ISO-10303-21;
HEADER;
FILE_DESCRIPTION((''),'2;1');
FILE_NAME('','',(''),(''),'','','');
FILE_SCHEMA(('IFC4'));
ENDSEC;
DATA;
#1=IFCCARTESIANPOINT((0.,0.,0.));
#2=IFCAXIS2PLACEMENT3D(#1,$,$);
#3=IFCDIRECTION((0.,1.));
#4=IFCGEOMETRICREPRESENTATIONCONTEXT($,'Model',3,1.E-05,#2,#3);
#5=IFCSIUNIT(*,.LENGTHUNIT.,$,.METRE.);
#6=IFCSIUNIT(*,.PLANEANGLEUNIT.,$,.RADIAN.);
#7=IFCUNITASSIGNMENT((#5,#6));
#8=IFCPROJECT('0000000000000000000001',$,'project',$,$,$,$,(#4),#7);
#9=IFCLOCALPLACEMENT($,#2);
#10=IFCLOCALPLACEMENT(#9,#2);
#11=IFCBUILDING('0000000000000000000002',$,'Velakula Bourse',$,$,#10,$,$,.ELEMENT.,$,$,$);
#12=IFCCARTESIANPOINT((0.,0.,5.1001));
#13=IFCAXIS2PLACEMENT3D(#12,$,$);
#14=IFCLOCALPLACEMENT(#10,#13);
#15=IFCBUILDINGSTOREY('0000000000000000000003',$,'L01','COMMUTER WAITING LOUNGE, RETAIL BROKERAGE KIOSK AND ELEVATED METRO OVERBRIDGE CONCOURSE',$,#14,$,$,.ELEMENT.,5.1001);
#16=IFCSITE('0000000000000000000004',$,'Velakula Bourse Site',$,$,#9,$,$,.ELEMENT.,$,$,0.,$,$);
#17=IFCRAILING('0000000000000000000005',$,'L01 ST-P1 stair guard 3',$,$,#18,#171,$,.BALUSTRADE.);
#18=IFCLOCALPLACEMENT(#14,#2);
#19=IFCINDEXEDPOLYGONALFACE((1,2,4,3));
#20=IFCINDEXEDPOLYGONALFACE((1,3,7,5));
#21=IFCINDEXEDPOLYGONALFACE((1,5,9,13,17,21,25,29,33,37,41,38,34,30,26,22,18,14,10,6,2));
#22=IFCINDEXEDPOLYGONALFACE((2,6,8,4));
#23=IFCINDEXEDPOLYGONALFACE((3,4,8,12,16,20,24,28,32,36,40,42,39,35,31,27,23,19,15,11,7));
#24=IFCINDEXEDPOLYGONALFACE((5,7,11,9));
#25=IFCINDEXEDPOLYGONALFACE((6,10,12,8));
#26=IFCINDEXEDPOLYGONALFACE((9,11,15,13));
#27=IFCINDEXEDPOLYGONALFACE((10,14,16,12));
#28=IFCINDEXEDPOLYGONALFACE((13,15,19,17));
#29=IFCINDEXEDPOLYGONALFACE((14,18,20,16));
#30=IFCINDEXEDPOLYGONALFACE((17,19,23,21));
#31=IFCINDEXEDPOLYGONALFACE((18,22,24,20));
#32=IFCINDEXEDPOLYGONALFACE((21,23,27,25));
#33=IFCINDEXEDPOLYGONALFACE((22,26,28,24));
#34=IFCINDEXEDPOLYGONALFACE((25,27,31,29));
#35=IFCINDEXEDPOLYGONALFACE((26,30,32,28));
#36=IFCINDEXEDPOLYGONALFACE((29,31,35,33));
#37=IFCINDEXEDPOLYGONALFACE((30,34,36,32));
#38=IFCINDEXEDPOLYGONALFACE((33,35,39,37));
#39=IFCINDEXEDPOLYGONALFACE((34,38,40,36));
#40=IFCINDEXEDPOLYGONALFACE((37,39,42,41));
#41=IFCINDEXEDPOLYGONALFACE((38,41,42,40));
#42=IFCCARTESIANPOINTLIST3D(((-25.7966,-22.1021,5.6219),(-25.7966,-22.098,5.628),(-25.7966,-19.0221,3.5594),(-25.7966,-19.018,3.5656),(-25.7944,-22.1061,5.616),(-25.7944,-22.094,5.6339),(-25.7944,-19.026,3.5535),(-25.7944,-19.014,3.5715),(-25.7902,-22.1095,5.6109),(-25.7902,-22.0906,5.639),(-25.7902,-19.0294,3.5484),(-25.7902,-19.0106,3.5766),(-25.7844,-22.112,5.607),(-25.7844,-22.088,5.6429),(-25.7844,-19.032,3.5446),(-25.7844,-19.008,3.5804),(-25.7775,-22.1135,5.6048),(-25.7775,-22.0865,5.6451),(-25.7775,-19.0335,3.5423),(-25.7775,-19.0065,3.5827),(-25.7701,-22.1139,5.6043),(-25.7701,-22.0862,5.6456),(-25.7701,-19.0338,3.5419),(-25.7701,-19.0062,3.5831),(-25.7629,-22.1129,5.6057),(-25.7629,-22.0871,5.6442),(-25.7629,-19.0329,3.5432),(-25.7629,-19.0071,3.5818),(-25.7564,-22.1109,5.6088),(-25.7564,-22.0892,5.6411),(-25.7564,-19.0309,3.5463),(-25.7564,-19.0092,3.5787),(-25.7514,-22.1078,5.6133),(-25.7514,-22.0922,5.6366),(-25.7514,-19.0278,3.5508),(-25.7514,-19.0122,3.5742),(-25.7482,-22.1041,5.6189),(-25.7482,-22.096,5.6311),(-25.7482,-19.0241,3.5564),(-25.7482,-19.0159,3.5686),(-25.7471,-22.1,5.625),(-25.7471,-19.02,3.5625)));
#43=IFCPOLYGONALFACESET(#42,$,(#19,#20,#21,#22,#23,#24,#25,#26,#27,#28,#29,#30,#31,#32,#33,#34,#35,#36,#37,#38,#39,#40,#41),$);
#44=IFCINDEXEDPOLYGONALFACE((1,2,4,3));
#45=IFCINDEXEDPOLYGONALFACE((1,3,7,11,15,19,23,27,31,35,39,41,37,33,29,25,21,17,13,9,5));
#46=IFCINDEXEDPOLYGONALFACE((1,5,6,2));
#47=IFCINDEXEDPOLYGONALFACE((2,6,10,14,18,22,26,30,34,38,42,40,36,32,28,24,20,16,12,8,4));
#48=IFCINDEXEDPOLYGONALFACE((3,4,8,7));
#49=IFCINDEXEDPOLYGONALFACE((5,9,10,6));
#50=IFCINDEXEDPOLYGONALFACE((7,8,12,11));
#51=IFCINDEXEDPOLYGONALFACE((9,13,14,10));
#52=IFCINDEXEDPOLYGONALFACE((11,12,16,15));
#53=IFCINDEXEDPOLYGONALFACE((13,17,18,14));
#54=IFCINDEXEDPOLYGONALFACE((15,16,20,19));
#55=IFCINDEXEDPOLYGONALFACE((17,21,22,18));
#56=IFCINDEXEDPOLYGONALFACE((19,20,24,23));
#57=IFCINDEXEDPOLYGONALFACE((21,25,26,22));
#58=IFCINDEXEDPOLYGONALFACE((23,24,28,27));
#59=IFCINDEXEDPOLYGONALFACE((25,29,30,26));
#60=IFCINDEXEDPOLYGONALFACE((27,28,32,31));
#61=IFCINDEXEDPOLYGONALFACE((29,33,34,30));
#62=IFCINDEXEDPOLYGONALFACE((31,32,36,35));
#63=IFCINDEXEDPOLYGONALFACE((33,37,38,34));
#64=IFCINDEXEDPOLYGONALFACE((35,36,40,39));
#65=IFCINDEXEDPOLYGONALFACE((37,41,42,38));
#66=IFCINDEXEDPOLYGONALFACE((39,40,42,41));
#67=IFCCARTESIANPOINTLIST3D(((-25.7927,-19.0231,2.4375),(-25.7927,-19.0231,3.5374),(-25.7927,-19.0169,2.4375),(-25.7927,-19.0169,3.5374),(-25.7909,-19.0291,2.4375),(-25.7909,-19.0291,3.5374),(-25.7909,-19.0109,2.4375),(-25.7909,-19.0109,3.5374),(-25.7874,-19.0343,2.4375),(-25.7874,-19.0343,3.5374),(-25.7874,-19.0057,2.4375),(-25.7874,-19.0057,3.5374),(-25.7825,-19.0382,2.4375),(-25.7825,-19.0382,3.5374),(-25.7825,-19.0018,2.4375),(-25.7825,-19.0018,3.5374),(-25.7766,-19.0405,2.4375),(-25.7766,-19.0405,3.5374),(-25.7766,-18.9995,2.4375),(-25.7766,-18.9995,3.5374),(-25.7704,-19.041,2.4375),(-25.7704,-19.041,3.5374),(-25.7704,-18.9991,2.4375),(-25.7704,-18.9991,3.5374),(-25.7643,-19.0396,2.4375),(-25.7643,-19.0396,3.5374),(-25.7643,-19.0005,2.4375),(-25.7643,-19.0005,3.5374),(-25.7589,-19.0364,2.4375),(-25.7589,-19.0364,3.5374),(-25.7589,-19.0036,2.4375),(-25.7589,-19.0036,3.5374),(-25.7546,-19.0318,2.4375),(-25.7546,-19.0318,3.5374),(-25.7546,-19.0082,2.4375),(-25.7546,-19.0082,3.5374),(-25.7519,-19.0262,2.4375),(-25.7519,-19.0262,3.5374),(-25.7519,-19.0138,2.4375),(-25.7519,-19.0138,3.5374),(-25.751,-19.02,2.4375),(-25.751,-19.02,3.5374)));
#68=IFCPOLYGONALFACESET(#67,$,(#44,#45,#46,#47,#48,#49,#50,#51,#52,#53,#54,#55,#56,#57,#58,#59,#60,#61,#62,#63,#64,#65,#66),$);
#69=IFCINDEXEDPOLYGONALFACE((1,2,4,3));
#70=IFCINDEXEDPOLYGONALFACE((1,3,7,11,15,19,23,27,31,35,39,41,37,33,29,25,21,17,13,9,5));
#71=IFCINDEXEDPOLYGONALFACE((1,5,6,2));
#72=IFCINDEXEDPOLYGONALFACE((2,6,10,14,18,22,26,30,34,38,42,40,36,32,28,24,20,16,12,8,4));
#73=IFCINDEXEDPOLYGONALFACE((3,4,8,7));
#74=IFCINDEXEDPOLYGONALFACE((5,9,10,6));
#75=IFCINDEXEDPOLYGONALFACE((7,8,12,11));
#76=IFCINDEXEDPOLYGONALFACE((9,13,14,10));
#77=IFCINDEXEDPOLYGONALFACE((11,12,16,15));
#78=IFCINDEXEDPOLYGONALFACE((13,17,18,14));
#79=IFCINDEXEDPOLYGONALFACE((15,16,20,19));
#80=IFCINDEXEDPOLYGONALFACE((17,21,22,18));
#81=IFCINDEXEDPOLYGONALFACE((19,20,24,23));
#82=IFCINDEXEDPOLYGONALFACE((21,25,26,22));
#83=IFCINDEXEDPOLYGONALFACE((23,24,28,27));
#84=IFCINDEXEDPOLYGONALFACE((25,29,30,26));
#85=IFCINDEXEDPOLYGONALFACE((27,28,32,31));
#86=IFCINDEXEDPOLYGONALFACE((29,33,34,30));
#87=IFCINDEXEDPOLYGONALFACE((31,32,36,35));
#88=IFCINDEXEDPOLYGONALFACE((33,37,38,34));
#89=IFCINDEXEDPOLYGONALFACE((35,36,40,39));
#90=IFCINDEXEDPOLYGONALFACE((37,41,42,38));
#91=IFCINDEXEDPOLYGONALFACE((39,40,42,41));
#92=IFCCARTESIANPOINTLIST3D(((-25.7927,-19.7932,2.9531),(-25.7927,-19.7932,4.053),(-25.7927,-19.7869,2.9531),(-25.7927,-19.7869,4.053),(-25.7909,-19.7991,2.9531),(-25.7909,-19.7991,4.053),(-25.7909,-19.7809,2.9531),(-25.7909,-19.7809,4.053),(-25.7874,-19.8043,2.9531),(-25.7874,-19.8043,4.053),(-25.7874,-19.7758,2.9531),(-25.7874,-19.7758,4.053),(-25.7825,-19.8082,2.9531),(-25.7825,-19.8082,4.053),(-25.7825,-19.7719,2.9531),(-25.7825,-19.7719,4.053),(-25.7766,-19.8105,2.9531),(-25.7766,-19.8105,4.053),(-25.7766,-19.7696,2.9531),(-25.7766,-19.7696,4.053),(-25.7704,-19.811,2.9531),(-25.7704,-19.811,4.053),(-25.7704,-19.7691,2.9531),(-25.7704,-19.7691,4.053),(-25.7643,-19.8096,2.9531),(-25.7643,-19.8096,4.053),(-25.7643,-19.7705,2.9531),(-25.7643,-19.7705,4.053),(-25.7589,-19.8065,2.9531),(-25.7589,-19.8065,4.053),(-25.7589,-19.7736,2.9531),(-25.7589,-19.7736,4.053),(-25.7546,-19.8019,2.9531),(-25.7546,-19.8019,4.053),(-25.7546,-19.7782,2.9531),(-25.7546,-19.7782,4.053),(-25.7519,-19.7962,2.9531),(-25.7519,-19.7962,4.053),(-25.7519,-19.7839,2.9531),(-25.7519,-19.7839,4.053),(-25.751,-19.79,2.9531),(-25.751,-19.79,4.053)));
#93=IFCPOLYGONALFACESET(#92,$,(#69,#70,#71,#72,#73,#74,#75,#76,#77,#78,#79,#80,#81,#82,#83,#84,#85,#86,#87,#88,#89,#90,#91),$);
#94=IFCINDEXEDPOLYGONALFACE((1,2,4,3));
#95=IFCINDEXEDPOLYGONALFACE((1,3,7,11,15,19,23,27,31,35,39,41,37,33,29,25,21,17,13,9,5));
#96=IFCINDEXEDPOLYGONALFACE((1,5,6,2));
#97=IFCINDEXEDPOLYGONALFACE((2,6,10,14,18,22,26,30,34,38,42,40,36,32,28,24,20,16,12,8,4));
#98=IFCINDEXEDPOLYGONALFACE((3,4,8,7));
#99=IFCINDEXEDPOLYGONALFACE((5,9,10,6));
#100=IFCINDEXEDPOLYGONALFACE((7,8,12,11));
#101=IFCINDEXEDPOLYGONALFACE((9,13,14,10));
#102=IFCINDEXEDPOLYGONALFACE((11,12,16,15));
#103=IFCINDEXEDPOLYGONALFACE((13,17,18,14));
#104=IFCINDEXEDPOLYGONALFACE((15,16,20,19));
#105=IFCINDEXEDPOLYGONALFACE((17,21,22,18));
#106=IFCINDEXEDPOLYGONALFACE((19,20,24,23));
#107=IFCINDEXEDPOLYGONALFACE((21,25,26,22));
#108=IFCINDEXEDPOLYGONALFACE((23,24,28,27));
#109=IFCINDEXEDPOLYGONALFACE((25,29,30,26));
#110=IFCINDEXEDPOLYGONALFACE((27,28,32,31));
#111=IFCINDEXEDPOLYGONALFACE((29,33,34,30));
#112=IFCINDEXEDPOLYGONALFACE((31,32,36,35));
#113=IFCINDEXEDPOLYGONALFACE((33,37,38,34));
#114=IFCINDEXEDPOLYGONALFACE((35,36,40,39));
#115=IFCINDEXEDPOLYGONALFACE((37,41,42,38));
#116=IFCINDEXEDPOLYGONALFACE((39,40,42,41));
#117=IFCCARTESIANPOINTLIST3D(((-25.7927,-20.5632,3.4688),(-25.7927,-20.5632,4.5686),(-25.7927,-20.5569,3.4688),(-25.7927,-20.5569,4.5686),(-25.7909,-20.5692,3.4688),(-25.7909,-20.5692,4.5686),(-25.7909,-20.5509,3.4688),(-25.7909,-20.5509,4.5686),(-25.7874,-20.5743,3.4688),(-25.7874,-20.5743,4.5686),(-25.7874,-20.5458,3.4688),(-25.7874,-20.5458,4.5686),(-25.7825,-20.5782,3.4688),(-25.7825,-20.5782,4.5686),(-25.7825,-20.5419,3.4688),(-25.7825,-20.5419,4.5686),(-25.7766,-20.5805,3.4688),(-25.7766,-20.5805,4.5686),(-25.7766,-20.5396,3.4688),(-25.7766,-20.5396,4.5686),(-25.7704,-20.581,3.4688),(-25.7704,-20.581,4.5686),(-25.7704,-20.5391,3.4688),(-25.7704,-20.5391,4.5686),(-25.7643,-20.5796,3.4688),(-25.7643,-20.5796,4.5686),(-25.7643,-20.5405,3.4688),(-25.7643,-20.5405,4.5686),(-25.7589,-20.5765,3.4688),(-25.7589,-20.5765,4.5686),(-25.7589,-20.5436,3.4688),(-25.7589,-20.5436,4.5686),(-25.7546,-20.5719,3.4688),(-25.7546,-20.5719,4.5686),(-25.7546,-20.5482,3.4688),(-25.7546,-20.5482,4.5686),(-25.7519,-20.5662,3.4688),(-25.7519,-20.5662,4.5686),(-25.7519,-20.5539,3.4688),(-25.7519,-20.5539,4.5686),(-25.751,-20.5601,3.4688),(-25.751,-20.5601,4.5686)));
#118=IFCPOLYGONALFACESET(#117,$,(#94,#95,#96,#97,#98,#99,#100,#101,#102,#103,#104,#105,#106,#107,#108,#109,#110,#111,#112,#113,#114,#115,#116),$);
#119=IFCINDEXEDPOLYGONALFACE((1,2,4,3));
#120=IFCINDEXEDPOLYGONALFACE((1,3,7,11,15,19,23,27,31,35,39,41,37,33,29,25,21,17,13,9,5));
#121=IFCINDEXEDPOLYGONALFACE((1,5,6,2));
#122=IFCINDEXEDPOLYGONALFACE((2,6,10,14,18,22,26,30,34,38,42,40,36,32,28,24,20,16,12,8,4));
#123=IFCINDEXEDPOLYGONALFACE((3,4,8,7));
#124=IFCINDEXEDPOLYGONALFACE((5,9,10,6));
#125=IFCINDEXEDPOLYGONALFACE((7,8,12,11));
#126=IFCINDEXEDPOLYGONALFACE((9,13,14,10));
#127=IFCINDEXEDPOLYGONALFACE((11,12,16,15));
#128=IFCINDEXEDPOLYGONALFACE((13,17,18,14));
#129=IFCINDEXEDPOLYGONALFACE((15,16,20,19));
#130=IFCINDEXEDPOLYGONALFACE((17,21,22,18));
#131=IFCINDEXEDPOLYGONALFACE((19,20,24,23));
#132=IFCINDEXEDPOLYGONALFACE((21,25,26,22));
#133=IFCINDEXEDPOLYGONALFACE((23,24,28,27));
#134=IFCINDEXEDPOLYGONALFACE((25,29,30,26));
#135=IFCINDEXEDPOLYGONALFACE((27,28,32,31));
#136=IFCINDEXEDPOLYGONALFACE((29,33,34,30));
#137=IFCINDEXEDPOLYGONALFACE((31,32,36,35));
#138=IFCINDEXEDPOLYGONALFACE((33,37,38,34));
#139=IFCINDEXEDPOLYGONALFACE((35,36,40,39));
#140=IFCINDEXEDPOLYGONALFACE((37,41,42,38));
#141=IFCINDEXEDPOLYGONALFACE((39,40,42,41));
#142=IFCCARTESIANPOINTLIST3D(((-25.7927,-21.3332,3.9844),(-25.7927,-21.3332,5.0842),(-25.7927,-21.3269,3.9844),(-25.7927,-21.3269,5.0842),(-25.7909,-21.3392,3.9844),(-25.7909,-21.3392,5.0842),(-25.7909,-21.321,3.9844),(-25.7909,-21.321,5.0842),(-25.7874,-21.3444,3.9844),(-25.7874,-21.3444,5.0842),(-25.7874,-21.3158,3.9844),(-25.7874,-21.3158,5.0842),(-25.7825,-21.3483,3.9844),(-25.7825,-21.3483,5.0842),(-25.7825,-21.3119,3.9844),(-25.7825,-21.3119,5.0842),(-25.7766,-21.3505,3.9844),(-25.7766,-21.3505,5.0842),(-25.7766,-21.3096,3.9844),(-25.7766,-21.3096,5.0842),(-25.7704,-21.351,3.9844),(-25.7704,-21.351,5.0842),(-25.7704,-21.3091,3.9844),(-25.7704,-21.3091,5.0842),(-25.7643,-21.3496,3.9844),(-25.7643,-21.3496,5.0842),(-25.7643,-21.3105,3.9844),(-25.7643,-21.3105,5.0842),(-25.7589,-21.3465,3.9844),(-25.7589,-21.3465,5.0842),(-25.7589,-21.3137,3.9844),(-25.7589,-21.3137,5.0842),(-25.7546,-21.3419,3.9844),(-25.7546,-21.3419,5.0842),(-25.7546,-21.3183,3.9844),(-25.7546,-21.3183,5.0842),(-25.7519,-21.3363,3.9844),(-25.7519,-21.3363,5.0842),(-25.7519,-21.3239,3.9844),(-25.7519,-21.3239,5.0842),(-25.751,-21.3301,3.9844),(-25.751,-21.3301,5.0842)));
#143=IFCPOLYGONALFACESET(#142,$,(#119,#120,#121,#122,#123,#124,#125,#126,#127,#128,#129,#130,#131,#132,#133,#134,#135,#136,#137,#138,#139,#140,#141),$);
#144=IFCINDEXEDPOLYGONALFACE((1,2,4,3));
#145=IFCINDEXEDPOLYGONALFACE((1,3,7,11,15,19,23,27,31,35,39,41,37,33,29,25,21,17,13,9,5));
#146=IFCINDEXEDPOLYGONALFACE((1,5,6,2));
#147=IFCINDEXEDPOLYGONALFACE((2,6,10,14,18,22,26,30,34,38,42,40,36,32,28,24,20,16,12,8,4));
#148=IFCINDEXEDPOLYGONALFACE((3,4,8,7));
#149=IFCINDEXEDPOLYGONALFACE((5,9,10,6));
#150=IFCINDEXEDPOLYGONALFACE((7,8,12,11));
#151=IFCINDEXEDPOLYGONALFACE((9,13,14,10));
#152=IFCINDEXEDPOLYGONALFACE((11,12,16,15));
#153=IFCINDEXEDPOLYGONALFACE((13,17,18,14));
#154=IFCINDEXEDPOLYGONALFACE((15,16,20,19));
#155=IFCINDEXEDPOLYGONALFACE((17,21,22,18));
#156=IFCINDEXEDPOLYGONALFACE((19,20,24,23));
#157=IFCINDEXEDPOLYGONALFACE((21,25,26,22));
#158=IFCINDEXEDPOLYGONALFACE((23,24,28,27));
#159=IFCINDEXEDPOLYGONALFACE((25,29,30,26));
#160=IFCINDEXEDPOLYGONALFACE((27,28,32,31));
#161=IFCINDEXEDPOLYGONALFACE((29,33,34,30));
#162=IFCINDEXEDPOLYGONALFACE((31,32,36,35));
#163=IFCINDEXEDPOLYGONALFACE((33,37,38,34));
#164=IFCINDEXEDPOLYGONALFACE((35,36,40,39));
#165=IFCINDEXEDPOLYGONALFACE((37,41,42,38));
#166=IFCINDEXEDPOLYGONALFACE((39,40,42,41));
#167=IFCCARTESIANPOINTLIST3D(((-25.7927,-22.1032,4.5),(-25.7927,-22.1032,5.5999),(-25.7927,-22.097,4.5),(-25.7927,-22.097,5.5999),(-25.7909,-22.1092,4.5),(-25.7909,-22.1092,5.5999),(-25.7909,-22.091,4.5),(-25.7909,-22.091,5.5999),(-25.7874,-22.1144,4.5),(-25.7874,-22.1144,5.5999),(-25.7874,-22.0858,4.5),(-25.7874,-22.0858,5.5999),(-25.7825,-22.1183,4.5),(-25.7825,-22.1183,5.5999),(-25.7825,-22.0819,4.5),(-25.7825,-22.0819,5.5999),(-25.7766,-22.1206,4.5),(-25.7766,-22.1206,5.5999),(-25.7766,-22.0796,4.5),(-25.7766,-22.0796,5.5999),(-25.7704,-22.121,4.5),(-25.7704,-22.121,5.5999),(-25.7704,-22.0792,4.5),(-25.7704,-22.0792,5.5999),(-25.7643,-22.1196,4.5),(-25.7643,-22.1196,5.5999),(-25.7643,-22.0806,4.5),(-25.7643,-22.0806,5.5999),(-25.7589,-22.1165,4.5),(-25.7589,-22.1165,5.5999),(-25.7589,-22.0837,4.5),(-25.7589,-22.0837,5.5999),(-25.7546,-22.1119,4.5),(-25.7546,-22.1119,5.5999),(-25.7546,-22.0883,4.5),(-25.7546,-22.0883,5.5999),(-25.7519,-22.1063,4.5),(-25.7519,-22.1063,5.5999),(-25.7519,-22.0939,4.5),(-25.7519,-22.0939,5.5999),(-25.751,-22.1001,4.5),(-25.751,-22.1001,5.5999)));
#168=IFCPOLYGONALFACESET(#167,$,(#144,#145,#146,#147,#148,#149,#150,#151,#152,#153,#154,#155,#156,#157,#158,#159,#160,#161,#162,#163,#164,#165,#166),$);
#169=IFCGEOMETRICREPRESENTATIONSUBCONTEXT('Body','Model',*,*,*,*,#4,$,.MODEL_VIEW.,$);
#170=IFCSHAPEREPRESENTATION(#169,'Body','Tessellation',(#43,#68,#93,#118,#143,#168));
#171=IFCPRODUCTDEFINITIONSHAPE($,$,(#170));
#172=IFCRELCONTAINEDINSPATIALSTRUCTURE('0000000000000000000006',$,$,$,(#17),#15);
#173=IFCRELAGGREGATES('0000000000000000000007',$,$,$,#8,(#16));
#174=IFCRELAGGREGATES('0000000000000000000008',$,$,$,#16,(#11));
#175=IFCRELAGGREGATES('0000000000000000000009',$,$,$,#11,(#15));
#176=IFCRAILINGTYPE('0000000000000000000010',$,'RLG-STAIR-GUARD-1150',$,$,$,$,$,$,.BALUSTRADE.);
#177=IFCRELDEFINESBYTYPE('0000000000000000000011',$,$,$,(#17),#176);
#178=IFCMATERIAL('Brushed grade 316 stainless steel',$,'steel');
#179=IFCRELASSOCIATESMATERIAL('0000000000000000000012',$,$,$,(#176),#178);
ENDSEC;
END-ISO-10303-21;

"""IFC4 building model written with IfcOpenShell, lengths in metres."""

from ifc_helpers import new_model, si_unit, direction, frame, origin, origin_2d, place, context, subcontext, project, spatial, circle, extrude, material, type_object, element, save


model = new_model("IFC4")

# Units and contexts
model_context = context("Model", 3, precision=1e-05, world=origin(), true_north=direction((0.0, 1.0)))
body_context = subcontext(model_context, "Body", "Model", "MODEL_VIEW")
ifc_project = project(units=[si_unit("LENGTHUNIT", "METRE"), si_unit("PLANEANGLEUNIT", "RADIAN")], contexts=[model_context])

# Site, building, storey
site_placement = place(None, origin())
site = spatial("IfcSite", under=ifc_project, at=site_placement, Name="Velakula Bourse Site", CompositionType="ELEMENT", RefElevation=0.0)
building_placement = place(site_placement, origin())
building = spatial("IfcBuilding", under=site, at=building_placement, Name="Velakula Bourse", CompositionType="ELEMENT")
storey_placement = place(building_placement, frame((0.0, 0.0, 5.1001)))
storey = spatial("IfcBuildingStorey", under=building, at=storey_placement, Name="L01", Description="COMMUTER WAITING LOUNGE, RETAIL BROKERAGE KIOSK AND ELEVATED METRO OVERBRIDGE CONCOURSE", CompositionType="ELEMENT", Elevation=5.1001)

# Railing
ifc_material_1 = material(Name="Brushed grade 316 stainless steel", Category="steel")
railing_type_1 = type_object("IfcRailingType", Name="RLG-STAIR-GUARD-1150", PredefinedType="BALUSTRADE", material=ifc_material_1)
railing_1_placement = place(storey_placement, frame((-25.772, -19.02, 2.4375)))
element("IfcRailing", 1, at=railing_1_placement, inside=storey, type_object=railing_type_1, Name="L01 ST-P1 stair guard 3", PredefinedType="BALUSTRADE", context=body_context, shape_type="SweptSolid", body=[
    extrude(circle(Radius=0.0249, at=origin_2d()), frame((0.0, 0.0, 1.125), z_axis=(0.0, -0.830914, 0.556401), x_axis=(1.0, 0.0, 0.0)), (0.0, 0.0, 1.0), 3.7068),
    extrude(circle(Radius=0.021, at=origin_2d()), origin(), (0.0, 0.0, 1.0), 1.0999),
    extrude(circle(Radius=0.021, at=origin_2d()), frame((0.0, -0.77, 0.5156)), (0.0, 0.0, 1.0), 1.0999),
    extrude(circle(Radius=0.021, at=origin_2d()), frame((0.0, -1.54, 1.0312)), (0.0, 0.0, 1.0), 1.0999),
    extrude(circle(Radius=0.021, at=origin_2d()), frame((0.0, -2.3101, 1.5469)), (0.0, 0.0, 1.0), 1.0999),
    extrude(circle(Radius=0.021, at=origin_2d()), frame((0.0, -3.0801, 2.0625)), (0.0, 0.0, 1.0), 1.0999),
])

save(model, "model.ifc")
